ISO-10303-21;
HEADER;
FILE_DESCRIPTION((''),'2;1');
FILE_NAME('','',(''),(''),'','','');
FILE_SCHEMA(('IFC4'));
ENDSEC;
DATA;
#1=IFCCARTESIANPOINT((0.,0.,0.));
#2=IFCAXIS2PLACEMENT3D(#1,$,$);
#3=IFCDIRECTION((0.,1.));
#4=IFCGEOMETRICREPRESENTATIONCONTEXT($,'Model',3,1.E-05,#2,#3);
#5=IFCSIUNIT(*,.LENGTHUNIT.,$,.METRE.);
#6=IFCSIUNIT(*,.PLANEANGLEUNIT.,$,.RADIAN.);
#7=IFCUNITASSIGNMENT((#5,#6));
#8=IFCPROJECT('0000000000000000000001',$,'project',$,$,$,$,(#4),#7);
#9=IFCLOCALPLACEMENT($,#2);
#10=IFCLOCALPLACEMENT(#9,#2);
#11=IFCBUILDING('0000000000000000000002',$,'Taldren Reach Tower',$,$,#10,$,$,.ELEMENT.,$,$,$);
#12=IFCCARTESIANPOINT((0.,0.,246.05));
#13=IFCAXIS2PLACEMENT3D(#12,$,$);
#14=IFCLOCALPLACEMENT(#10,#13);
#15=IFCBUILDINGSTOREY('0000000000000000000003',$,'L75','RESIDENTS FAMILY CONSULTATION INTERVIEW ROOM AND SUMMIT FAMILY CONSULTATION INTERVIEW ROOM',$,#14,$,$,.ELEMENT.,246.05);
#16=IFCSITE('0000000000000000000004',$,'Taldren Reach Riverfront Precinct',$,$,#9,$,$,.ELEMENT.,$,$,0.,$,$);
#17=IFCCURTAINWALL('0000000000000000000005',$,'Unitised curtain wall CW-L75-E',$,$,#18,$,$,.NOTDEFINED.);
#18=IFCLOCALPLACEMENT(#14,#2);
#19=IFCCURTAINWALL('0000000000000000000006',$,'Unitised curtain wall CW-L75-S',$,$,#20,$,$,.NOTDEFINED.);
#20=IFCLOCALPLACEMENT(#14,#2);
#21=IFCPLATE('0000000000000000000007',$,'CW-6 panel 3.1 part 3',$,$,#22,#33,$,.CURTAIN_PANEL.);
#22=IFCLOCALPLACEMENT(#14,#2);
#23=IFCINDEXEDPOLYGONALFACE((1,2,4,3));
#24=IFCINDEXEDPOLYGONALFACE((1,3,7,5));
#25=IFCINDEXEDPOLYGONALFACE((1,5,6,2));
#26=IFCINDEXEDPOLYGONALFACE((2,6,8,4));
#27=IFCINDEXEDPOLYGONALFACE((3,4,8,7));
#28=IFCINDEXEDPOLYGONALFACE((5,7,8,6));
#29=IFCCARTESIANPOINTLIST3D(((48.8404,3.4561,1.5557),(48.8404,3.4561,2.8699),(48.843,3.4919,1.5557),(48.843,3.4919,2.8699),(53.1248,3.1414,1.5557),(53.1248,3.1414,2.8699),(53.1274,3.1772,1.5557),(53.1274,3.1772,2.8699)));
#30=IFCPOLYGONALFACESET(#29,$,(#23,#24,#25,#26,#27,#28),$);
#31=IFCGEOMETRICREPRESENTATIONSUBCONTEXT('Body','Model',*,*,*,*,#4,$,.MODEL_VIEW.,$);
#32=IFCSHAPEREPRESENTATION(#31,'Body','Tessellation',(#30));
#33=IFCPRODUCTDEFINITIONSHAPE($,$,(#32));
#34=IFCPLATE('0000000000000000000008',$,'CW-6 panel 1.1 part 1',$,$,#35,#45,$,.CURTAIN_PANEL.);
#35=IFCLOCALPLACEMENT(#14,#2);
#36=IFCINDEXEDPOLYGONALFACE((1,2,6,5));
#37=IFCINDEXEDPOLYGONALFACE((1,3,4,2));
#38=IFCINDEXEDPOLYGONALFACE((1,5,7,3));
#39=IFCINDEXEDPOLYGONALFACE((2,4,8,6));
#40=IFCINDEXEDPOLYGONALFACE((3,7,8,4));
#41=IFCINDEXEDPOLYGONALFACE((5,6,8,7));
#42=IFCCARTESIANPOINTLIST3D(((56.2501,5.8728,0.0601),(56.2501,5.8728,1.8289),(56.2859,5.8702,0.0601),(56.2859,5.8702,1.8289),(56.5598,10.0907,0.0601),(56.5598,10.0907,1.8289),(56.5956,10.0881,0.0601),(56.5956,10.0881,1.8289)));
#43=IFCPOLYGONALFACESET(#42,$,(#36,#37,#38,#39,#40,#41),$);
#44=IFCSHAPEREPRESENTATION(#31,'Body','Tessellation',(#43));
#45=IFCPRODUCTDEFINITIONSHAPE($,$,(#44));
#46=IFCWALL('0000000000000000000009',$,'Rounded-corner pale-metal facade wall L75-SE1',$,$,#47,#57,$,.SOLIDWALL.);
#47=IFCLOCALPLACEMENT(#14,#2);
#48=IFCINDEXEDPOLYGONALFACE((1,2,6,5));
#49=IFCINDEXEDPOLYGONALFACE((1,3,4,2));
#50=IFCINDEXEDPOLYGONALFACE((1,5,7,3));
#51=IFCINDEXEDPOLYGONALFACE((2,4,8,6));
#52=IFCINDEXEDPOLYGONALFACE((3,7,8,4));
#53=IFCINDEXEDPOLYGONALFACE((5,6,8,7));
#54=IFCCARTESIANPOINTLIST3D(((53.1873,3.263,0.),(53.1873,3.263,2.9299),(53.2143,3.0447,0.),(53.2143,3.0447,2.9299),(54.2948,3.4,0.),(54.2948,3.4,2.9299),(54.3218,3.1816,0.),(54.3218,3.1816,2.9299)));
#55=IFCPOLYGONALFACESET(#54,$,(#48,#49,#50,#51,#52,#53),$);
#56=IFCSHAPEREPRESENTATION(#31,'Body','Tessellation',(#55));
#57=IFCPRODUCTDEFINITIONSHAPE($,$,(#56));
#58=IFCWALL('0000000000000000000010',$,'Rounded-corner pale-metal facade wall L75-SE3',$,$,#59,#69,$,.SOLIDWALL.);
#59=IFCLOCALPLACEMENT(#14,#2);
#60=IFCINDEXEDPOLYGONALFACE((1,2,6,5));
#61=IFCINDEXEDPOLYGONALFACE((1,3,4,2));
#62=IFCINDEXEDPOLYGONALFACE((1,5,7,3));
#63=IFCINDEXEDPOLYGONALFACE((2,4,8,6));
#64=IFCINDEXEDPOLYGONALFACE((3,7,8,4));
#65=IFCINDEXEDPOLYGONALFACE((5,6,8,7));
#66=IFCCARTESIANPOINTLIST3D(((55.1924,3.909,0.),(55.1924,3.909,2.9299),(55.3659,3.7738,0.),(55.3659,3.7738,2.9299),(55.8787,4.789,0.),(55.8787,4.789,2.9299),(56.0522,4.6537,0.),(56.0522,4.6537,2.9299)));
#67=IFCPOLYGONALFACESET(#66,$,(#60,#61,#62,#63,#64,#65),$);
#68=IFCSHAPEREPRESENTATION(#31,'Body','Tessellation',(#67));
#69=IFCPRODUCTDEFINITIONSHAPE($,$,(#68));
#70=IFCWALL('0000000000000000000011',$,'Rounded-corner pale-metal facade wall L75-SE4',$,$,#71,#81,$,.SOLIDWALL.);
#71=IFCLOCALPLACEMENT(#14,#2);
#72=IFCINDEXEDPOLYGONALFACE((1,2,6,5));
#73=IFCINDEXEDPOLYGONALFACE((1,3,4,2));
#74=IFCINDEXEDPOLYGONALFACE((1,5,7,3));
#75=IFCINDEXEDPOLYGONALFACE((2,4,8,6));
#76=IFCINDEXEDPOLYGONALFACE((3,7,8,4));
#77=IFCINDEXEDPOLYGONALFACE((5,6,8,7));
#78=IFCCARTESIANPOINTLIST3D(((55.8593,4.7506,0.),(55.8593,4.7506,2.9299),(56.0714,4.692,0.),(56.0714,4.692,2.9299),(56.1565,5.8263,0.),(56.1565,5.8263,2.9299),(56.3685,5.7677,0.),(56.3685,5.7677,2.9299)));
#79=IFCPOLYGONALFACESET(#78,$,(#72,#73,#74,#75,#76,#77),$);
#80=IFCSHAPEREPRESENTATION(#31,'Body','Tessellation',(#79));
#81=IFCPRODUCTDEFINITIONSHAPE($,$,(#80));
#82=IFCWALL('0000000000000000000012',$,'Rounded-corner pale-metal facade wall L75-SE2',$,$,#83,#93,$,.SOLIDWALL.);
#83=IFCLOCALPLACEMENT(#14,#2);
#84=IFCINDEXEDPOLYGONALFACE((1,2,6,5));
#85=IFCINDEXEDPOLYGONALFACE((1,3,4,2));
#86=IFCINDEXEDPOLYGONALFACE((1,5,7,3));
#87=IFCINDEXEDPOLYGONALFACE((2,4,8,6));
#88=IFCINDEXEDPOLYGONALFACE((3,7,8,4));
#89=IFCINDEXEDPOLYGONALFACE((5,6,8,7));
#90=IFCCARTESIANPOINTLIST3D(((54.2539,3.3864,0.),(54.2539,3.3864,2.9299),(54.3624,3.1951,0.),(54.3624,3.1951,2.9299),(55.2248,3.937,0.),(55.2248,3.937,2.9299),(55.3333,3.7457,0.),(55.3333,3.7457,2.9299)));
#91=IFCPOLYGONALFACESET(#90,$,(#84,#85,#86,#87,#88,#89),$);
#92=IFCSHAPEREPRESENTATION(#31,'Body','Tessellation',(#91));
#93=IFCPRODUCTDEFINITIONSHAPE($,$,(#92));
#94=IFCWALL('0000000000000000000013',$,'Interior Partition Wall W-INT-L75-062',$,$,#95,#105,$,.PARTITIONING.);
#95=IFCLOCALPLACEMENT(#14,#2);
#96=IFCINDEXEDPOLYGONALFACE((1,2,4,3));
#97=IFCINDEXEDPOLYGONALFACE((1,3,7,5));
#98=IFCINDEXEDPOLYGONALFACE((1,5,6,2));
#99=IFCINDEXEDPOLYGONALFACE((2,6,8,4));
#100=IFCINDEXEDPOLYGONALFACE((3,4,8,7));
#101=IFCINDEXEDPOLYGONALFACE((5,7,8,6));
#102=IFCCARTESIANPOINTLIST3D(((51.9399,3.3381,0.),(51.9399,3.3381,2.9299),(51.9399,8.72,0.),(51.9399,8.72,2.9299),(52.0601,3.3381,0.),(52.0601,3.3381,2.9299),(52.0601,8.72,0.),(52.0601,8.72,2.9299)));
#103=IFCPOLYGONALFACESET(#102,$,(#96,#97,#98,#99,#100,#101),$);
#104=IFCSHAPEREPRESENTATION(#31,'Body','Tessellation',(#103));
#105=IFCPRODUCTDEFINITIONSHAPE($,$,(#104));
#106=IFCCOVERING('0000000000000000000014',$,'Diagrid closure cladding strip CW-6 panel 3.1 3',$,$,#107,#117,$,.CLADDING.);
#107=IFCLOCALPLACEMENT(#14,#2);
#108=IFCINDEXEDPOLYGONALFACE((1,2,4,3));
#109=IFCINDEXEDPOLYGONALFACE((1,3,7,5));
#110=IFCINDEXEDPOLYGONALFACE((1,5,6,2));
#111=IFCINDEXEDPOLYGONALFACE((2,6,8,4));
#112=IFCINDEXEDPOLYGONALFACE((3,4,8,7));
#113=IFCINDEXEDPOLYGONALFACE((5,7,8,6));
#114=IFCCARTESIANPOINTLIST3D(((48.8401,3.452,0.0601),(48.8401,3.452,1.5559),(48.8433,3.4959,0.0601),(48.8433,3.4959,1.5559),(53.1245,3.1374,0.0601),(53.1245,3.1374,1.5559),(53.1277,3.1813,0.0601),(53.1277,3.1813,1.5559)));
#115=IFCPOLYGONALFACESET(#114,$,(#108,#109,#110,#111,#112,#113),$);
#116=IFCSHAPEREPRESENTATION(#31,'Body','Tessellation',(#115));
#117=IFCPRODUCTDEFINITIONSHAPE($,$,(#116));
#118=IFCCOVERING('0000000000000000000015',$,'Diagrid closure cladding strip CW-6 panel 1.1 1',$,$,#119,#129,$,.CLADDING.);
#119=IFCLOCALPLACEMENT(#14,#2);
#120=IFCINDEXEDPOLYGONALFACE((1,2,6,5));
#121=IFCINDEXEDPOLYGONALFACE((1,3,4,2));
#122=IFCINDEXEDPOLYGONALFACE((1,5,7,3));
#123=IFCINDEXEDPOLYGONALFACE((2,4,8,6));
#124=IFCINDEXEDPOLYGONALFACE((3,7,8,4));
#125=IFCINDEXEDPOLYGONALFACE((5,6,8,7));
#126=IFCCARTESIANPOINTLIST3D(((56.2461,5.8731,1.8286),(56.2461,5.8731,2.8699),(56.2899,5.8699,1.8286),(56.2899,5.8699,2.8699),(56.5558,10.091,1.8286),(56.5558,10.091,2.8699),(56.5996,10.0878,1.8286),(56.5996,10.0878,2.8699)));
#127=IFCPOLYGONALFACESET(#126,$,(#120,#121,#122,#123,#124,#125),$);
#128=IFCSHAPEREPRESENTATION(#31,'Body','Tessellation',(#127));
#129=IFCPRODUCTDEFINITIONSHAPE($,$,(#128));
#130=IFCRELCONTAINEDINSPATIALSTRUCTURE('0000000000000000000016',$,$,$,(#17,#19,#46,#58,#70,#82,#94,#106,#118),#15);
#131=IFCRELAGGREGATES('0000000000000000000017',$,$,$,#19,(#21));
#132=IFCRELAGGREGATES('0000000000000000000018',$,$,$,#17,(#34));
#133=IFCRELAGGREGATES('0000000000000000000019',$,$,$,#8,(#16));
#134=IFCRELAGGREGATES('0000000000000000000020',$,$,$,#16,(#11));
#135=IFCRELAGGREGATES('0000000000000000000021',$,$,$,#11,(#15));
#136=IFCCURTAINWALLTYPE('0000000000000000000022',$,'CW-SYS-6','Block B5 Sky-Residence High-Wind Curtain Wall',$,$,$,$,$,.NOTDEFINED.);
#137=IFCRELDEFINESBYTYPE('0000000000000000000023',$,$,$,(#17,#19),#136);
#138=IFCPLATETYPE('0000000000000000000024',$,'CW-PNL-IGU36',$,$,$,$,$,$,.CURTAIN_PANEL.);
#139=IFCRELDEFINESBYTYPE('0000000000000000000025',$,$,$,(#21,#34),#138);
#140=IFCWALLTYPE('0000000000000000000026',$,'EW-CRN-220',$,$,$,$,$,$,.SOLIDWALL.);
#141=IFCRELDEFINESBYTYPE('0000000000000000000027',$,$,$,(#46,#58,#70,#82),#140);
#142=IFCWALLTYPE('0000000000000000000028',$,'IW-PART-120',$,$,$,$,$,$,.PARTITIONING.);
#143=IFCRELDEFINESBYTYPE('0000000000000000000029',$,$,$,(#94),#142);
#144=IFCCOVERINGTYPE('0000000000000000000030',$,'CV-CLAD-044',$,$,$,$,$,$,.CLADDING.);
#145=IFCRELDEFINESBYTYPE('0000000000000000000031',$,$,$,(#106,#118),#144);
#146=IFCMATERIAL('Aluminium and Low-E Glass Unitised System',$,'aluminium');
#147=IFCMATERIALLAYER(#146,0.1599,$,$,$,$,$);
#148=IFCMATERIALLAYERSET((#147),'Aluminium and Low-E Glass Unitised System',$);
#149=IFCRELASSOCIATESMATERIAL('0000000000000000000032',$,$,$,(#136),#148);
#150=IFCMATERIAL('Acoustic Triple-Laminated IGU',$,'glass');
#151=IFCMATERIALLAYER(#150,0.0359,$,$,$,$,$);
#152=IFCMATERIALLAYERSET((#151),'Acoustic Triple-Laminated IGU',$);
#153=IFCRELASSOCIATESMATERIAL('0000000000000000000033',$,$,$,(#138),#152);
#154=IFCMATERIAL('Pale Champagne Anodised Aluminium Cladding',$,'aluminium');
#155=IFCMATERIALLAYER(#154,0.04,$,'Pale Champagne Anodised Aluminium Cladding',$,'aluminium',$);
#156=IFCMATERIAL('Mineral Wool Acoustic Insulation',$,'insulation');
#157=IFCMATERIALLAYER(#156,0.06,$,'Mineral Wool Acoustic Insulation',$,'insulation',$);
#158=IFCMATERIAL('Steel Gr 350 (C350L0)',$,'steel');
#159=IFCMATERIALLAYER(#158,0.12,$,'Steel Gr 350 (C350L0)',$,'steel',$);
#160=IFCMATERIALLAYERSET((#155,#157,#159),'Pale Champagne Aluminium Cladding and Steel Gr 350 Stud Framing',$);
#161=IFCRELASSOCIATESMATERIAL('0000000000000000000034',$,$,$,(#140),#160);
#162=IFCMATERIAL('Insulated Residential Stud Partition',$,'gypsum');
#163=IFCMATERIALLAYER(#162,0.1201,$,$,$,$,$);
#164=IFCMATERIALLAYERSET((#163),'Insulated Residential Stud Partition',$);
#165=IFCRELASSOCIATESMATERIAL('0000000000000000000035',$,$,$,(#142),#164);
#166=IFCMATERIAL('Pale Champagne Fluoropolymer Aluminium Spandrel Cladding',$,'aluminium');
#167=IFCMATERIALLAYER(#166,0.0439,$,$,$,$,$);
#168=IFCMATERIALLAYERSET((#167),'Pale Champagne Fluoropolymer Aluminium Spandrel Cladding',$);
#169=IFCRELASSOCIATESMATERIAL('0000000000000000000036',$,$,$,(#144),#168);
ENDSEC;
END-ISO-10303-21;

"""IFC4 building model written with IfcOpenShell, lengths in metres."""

from ifc_helpers import new_model, si_unit, direction, frame, frame_2d, origin, origin_2d, place, context, subcontext, project, spatial, rectangle, extrude, source, transform, mapped, material, layer, layer_set, type_object, element, aggregate, save


model = new_model("IFC4")

# Units and contexts
model_context = context("Model", 3, precision=1e-05, world=origin(), true_north=direction((0.0, 1.0)))
body_context = subcontext(model_context, "Body", "Model", "MODEL_VIEW")
ifc_project = project(units=[si_unit("LENGTHUNIT", "METRE"), si_unit("PLANEANGLEUNIT", "RADIAN")], contexts=[model_context])

# Site, building, storey
site_placement = place(None, origin())
site = spatial("IfcSite", under=ifc_project, at=site_placement, Name="Taldren Reach Riverfront Precinct", CompositionType="ELEMENT", RefElevation=0.0)
building_placement = place(site_placement, origin())
building = spatial("IfcBuilding", under=site, at=building_placement, Name="Taldren Reach Tower", CompositionType="ELEMENT")
storey_placement = place(building_placement, frame((0.0, 0.0, 246.05)))
storey = spatial("IfcBuildingStorey", under=building, at=storey_placement, Name="L75", Description="RESIDENTS FAMILY CONSULTATION INTERVIEW ROOM AND SUMMIT FAMILY CONSULTATION INTERVIEW ROOM", CompositionType="ELEMENT", Elevation=246.05)

# Shared definitions
ifc_material_1 = material(Name="Steel Gr 350 (C350L0)", Category="steel")

# Curtain wall
ifc_material_2 = material(Name="Aluminium and Low-E Glass Unitised System", Category="aluminium")
ifc_layer_1 = layer(ifc_material_2, 0.1599)
ifc_layer_set_1 = layer_set([ifc_layer_1], Name="Aluminium and Low-E Glass Unitised System")
curtain_wall_type = type_object("IfcCurtainWallType", Name="CW-SYS-6", Description="Block B5 Sky-Residence High-Wind Curtain Wall", PredefinedType="NOTDEFINED", material=ifc_layer_set_1)
curtain_wall_1_placement = place(storey_placement, origin())
curtain_wall_1 = element("IfcCurtainWall", 1, at=curtain_wall_1_placement, inside=storey, type_object=curtain_wall_type, Name="Unitised curtain wall CW-L75-E", PredefinedType="NOTDEFINED")

# Curtain wall
curtain_wall_2_placement = place(storey_placement, origin())
curtain_wall_2 = element("IfcCurtainWall", 2, at=curtain_wall_2_placement, inside=storey, type_object=curtain_wall_type, Name="Unitised curtain wall CW-L75-S", PredefinedType="NOTDEFINED")

# Plates
ifc_material_3 = material(Name="Acoustic Triple-Laminated IGU", Category="glass")
ifc_layer_2 = layer(ifc_material_3, 0.0359)
ifc_layer_set_2 = layer_set([ifc_layer_2], Name="Acoustic Triple-Laminated IGU")
plate_type_1 = type_object("IfcPlateType", Name="CW-PNL-IGU36", PredefinedType="CURTAIN_PANEL", material=ifc_layer_set_2)
shared_shape_1 = source(origin(), body_context, "Body", "SweptSolid", [
    extrude(rectangle(XDim=4.2959, YDim=0.0359, at=origin_2d()), origin(), (0.0, 0.0, 1.0), 1.3142),
])
plate_1_placement = place(storey_placement, frame((50.9839, 3.3167, 1.5557), z_axis=(0.0, 0.0, 1.0), x_axis=(0.997314, -0.073238, 0.0)))
plate_1 = element("IfcPlate", 3, at=plate_1_placement, type_object=plate_type_1, Name="CW-6 panel 3.1 part 3", PredefinedType="CURTAIN_PANEL", context=body_context, shape_type="MappedRepresentation", body=[
    mapped(shared_shape_1, transform((0.0, 0.0, 0.0), scale=1.0)),
])
aggregate(curtain_wall_2, [plate_1])
shared_shape_2 = source(origin(), body_context, "Body", "SweptSolid", [
    extrude(rectangle(XDim=4.2292, YDim=0.0359, at=origin_2d()), origin(), (0.0, 0.0, 1.0), 1.7688),
])
plate_2_placement = place(storey_placement, frame((56.4229, 7.9805, 0.0601), z_axis=(0.0, 0.0, 1.0), x_axis=(0.073238, 0.997314, 0.0)))
plate_2 = element("IfcPlate", 4, at=plate_2_placement, type_object=plate_type_1, Name="CW-6 panel 1.1 part 1", PredefinedType="CURTAIN_PANEL", context=body_context, shape_type="MappedRepresentation", body=[
    mapped(shared_shape_2, transform((0.0, 0.0, 0.0), scale=1.0)),
])
aggregate(curtain_wall_1, [plate_2])

# Walls
ifc_material_4 = material(Name="Pale Champagne Anodised Aluminium Cladding", Category="aluminium")
ifc_layer_3 = layer(ifc_material_4, 0.04, Name="Pale Champagne Anodised Aluminium Cladding", Category="aluminium")
ifc_material_5 = material(Name="Mineral Wool Acoustic Insulation", Category="insulation")
ifc_layer_4 = layer(ifc_material_5, 0.06, Name="Mineral Wool Acoustic Insulation", Category="insulation")
ifc_layer_5 = layer(ifc_material_1, 0.12, Name="Steel Gr 350 (C350L0)", Category="steel")
ifc_layer_set_3 = layer_set([ifc_layer_3, ifc_layer_4, ifc_layer_5], Name="Pale Champagne Aluminium Cladding and Steel Gr 350 Stud Framing")
wall_type_1 = type_object("IfcWallType", Name="EW-CRN-220", PredefinedType="SOLIDWALL", material=ifc_layer_set_3)
shared_shape_3 = source(origin(), body_context, "Body", "SweptSolid", [
    extrude(rectangle(XDim=1.116, YDim=0.22, at=frame_2d((0.5581, 0.0))), origin(), (0.0, 0.0, 1.0), 2.9299),
])
for number, where, z_axis, x_axis, name in (
    (5, (53.2007, 3.1538, 0.0), (0.0, 0.0, 1.0), (0.992439, 0.122742, 0.0), "Rounded-corner pale-metal facade wall L75-SE1"),
    (6, (55.2791, 3.8413, 0.0), (0.0, 0.0, 1.0), (0.615015, 0.788515, 0.0), "Rounded-corner pale-metal facade wall L75-SE3"),
    (7, (55.9653, 4.7212, 0.0), (0.0, 0.0, 1.0), (0.266244, 0.963906, 0.0), "Rounded-corner pale-metal facade wall L75-SE4"),
):
    element("IfcWall", number, at=place(storey_placement, frame(where, z_axis=z_axis, x_axis=x_axis)), inside=storey, type_object=wall_type_1, Name=name, PredefinedType="SOLIDWALL", context=body_context, shape_type="MappedRepresentation", body=[
        mapped(shared_shape_3, transform((0.0, 0.0, 0.0), scale=1.0)),
    ])
shared_shape_4 = source(origin(), body_context, "Body", "SweptSolid", [
    extrude(rectangle(XDim=1.1162, YDim=0.22, at=frame_2d((0.5581, 0.0))), origin(), (0.0, 0.0, 1.0), 2.9299),
])
wall_1_placement = place(storey_placement, frame((54.3081, 3.2908, 0.0), z_axis=(0.0, 0.0, 1.0), x_axis=(0.869894, 0.493239, 0.0)))
element("IfcWall", 8, at=wall_1_placement, inside=storey, type_object=wall_type_1, Name="Rounded-corner pale-metal facade wall L75-SE2", PredefinedType="SOLIDWALL", context=body_context, shape_type="MappedRepresentation", body=[
    mapped(shared_shape_4, transform((0.0, 0.0, 0.0), scale=1.0)),
])
ifc_material_6 = material(Name="Insulated Residential Stud Partition", Category="gypsum")
ifc_layer_6 = layer(ifc_material_6, 0.1201)
ifc_layer_set_4 = layer_set([ifc_layer_6], Name="Insulated Residential Stud Partition")
wall_type_2 = type_object("IfcWallType", Name="IW-PART-120", PredefinedType="PARTITIONING", material=ifc_layer_set_4)
shared_shape_5 = source(origin(), body_context, "Body", "SweptSolid", [
    extrude(rectangle(XDim=5.3818, YDim=0.1201, at=frame_2d((2.6909, 0.0))), origin(), (0.0, 0.0, 1.0), 2.9299),
])
wall_2_placement = place(storey_placement, frame((52.0, 8.72, 0.0), z_axis=(0.0, 0.0, 1.0), x_axis=(0.0, -1.0, 0.0)))
element("IfcWall", 9, at=wall_2_placement, inside=storey, type_object=wall_type_2, Name="Interior Partition Wall W-INT-L75-062", PredefinedType="PARTITIONING", context=body_context, shape_type="MappedRepresentation", body=[
    mapped(shared_shape_5, transform((0.0, 0.0, 0.0), scale=1.0)),
])

# Coverings
ifc_material_7 = material(Name="Pale Champagne Fluoropolymer Aluminium Spandrel Cladding", Category="aluminium")
ifc_layer_7 = layer(ifc_material_7, 0.0439)
ifc_layer_set_5 = layer_set([ifc_layer_7], Name="Pale Champagne Fluoropolymer Aluminium Spandrel Cladding")
covering_type = type_object("IfcCoveringType", Name="CV-CLAD-044", PredefinedType="CLADDING", material=ifc_layer_set_5)
shared_shape_6 = source(origin(), body_context, "Body", "SweptSolid", [
    extrude(rectangle(XDim=4.2959, YDim=0.0439, at=origin_2d()), origin(), (0.0, 0.0, 1.0), 1.4958),
])
covering_1_placement = place(storey_placement, frame((50.9839, 3.3167, 0.0601), z_axis=(0.0, 0.0, 1.0), x_axis=(0.997314, -0.073238, 0.0)))
element("IfcCovering", 10, at=covering_1_placement, inside=storey, type_object=covering_type, Name="Diagrid closure cladding strip CW-6 panel 3.1 3", PredefinedType="CLADDING", context=body_context, shape_type="MappedRepresentation", body=[
    mapped(shared_shape_6, transform((0.0, 0.0, 0.0), scale=1.0)),
])
shared_shape_7 = source(origin(), body_context, "Body", "SweptSolid", [
    extrude(rectangle(XDim=4.2292, YDim=0.0439, at=origin_2d()), origin(), (0.0, 0.0, 1.0), 1.0413),
])
covering_2_placement = place(storey_placement, frame((56.4229, 7.9805, 1.8286), z_axis=(0.0, 0.0, 1.0), x_axis=(0.073238, 0.997314, 0.0)))
element("IfcCovering", 11, at=covering_2_placement, inside=storey, type_object=covering_type, Name="Diagrid closure cladding strip CW-6 panel 1.1 1", PredefinedType="CLADDING", context=body_context, shape_type="MappedRepresentation", body=[
    mapped(shared_shape_7, transform((0.0, 0.0, 0.0), scale=1.0)),
])

save(model, "model.ifc")
